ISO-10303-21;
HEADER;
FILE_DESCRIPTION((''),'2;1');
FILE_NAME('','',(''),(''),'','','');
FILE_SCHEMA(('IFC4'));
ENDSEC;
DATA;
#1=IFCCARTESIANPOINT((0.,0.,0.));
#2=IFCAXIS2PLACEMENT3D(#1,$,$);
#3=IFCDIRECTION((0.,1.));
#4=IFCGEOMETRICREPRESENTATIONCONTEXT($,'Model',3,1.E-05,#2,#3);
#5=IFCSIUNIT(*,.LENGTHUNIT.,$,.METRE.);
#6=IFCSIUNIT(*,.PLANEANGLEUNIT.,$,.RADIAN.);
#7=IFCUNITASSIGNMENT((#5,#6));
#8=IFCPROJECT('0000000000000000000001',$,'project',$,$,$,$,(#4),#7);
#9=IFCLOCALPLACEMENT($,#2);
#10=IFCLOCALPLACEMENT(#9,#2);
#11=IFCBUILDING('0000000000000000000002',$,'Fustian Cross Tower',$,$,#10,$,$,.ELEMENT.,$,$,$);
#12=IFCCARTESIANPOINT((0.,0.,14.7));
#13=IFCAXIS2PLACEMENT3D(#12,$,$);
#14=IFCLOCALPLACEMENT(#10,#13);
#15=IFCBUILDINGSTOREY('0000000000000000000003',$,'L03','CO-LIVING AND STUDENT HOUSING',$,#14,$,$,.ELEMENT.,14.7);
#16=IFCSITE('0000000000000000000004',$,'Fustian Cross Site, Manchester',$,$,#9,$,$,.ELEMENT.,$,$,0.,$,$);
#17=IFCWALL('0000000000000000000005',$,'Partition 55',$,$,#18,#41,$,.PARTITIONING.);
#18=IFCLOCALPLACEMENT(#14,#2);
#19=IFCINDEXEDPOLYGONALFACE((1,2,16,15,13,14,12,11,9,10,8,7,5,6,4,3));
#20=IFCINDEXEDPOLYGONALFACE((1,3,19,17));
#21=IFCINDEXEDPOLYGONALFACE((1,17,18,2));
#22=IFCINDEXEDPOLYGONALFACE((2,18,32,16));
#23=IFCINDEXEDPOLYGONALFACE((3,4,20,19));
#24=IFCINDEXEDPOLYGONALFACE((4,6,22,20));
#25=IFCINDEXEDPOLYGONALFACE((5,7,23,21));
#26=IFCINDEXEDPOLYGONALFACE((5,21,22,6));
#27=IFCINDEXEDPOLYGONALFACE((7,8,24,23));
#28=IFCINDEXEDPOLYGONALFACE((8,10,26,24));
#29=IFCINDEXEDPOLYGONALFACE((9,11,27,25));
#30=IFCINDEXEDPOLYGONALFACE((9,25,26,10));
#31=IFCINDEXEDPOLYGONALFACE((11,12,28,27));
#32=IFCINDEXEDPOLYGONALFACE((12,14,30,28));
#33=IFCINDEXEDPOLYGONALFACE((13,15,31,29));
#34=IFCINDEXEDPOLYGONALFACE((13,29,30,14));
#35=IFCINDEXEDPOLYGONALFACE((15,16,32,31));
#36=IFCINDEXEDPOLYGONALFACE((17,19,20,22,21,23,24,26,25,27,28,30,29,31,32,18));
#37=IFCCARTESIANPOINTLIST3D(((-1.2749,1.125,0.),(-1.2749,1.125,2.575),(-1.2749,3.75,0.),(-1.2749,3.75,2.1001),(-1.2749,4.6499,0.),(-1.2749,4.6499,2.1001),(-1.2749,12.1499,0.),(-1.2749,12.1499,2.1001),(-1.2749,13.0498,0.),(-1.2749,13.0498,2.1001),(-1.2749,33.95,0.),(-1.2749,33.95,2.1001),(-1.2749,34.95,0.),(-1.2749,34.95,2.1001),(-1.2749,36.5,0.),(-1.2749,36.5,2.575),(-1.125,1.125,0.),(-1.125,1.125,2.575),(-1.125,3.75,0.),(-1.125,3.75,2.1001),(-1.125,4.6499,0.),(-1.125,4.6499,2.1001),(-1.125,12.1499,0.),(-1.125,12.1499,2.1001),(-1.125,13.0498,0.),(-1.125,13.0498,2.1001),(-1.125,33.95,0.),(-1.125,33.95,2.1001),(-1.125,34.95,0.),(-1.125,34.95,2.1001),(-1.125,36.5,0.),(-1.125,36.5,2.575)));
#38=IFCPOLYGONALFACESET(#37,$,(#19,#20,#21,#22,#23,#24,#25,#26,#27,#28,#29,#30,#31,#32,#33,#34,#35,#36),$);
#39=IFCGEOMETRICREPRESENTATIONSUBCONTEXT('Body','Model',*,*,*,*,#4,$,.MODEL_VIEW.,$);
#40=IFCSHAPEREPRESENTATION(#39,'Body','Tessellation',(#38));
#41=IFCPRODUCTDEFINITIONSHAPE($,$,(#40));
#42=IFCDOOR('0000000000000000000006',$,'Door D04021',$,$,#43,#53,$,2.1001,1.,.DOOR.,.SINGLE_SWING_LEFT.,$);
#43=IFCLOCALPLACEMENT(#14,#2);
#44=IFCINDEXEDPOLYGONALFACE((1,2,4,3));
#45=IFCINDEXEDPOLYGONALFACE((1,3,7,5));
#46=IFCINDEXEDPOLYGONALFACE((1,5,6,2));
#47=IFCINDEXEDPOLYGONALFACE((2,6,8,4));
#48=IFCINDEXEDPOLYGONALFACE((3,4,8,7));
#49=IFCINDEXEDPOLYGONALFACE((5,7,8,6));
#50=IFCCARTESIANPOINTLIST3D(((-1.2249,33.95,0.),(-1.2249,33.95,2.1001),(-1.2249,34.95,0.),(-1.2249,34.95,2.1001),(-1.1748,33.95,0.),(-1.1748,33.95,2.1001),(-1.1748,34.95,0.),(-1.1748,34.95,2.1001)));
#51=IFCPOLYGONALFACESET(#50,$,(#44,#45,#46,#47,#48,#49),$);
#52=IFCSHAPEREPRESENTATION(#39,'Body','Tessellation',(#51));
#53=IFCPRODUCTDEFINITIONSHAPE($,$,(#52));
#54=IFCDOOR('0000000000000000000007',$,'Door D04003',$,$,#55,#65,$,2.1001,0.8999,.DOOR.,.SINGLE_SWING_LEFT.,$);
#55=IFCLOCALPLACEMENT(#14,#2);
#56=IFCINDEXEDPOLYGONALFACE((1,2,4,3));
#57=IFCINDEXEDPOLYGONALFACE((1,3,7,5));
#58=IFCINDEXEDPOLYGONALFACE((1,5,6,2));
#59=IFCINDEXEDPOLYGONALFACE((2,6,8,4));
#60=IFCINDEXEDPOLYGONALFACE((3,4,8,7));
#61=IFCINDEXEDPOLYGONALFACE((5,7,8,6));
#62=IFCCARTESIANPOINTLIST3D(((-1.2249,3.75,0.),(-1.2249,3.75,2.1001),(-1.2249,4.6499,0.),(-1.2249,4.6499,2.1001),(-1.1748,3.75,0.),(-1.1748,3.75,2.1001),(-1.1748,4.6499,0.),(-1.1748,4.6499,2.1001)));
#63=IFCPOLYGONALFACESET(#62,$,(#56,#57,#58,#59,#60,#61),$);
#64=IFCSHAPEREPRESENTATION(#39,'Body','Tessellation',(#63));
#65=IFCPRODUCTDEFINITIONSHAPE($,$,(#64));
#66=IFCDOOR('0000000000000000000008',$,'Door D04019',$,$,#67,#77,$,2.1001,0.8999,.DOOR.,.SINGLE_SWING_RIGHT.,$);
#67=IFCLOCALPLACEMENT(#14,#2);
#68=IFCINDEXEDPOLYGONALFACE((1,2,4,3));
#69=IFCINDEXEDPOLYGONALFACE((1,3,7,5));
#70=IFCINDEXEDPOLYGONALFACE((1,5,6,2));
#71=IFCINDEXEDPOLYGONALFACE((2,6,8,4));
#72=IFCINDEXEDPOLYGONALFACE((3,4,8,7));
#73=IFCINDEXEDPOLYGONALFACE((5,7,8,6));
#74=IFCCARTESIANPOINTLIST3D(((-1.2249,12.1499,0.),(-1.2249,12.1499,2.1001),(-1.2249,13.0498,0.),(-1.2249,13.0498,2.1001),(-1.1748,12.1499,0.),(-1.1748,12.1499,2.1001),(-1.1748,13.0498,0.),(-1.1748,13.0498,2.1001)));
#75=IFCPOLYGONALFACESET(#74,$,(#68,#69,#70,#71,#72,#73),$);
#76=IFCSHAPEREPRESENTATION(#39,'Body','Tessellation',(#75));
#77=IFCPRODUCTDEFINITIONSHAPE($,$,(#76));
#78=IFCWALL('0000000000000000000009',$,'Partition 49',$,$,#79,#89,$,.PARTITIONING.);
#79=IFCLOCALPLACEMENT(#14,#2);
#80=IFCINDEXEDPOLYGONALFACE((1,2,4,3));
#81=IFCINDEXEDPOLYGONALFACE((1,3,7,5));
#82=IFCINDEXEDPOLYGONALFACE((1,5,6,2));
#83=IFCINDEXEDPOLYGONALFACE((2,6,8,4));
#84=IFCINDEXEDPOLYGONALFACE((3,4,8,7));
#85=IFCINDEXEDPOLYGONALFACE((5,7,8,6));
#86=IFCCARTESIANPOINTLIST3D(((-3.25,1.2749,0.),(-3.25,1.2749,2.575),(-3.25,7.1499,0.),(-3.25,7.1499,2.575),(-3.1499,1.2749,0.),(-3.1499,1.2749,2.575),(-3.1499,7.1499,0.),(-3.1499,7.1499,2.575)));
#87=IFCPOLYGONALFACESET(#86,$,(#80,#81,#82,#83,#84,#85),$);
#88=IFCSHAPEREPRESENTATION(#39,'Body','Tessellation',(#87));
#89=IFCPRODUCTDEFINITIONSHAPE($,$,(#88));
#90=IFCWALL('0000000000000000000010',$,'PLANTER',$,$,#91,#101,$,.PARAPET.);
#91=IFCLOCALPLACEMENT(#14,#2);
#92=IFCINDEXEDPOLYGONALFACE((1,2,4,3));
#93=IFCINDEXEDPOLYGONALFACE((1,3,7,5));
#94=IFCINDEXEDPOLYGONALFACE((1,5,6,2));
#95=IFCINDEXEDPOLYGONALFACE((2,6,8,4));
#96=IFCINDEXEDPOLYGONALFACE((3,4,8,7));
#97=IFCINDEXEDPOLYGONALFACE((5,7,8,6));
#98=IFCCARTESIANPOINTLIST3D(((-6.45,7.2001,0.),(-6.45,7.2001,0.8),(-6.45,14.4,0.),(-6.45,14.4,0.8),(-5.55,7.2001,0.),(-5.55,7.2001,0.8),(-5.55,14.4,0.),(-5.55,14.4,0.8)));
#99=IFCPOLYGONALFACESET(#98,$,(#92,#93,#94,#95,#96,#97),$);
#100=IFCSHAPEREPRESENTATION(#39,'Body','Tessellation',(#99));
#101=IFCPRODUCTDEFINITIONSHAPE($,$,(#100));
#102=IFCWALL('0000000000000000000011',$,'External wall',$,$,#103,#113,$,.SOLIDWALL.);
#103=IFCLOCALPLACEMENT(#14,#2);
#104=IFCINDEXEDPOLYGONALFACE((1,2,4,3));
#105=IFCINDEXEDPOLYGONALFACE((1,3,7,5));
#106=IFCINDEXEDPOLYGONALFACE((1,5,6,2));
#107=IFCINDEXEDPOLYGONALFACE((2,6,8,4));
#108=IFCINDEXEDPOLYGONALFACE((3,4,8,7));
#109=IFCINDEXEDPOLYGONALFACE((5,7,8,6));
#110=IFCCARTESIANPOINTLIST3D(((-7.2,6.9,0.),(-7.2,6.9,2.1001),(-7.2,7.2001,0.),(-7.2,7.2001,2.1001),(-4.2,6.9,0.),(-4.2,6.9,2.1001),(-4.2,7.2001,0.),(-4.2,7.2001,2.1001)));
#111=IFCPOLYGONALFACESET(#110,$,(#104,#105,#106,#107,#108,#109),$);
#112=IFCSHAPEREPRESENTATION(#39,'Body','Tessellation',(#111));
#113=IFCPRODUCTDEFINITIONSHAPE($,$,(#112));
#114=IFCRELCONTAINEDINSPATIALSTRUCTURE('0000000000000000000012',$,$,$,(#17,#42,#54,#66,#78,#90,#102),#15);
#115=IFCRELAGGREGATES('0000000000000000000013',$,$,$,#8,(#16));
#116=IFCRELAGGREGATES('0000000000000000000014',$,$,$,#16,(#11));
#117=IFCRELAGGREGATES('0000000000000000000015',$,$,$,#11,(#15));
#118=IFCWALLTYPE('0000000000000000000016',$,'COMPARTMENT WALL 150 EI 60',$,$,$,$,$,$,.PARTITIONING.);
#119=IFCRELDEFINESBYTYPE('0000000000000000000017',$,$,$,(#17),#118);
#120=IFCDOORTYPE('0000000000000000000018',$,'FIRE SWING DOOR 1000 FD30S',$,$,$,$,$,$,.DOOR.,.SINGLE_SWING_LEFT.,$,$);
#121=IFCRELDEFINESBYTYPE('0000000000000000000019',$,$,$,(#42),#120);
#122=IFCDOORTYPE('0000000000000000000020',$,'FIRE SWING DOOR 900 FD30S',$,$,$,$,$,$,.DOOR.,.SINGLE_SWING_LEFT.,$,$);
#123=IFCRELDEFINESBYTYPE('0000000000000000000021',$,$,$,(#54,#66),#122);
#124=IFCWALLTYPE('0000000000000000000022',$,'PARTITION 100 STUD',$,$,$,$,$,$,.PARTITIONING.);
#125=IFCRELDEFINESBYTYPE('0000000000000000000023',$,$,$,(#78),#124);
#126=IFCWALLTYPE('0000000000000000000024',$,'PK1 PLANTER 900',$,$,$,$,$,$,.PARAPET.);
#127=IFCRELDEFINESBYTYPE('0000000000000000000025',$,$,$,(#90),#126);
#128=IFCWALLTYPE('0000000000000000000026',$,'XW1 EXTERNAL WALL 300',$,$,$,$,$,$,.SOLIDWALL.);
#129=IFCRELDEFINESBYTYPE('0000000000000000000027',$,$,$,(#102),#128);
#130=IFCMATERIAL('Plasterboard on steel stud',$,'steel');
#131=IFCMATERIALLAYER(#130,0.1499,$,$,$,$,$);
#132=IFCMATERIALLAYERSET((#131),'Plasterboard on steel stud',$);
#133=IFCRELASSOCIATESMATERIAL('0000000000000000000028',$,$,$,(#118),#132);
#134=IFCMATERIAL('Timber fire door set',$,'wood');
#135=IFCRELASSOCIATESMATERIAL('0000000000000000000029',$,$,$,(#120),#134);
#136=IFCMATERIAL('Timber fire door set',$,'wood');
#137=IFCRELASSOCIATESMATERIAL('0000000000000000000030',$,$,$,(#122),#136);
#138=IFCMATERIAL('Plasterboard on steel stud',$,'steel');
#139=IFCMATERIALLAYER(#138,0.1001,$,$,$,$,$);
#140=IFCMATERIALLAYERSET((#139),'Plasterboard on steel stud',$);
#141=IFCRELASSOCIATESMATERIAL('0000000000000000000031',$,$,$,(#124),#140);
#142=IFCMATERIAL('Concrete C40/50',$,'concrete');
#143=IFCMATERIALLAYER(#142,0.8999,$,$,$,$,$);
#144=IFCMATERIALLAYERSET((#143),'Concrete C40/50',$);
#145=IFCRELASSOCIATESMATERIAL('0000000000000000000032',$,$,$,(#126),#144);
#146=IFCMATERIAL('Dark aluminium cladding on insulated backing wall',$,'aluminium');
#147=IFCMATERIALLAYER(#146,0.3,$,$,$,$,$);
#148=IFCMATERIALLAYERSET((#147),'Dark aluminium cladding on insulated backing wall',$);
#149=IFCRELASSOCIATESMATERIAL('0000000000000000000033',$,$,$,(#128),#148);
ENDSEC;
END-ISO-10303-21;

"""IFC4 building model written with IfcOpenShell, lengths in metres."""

from ifc_helpers import new_model, si_unit, direction, frame, frame_2d, origin, place, context, subcontext, project, spatial, rectangle, extrude, material, layer, layer_set, type_object, element, fill, save


model = new_model("IFC4")

# Units and contexts
model_context = context("Model", 3, precision=1e-05, world=origin(), true_north=direction((0.0, 1.0)))
body_context = subcontext(model_context, "Body", "Model", "MODEL_VIEW")
ifc_project = project(units=[si_unit("LENGTHUNIT", "METRE"), si_unit("PLANEANGLEUNIT", "RADIAN")], contexts=[model_context])

# Site, building, storey
site_placement = place(None, origin())
site = spatial("IfcSite", under=ifc_project, at=site_placement, Name="Fustian Cross Site, Manchester", CompositionType="ELEMENT", RefElevation=0.0)
building_placement = place(site_placement, origin())
building = spatial("IfcBuilding", under=site, at=building_placement, Name="Fustian Cross Tower", CompositionType="ELEMENT")
storey_placement = place(building_placement, frame((0.0, 0.0, 14.7)))
storey = spatial("IfcBuildingStorey", under=building, at=storey_placement, Name="L03", Description="CO-LIVING AND STUDENT HOUSING", CompositionType="ELEMENT", Elevation=14.7)

# Wall, openings, doors
ifc_material_1 = material(Name="Plasterboard on steel stud", Category="steel")
ifc_layer_1 = layer(ifc_material_1, 0.1499)
ifc_layer_set_1 = layer_set([ifc_layer_1], Name="Plasterboard on steel stud")
wall_type_1 = type_object("IfcWallType", Name="COMPARTMENT WALL 150 EI 60", PredefinedType="PARTITIONING", material=ifc_layer_set_1)
wall_1_placement = place(storey_placement, frame((-1.2, 1.125, 0.0), z_axis=(0.0, 0.0, 1.0), x_axis=(0.0, 1.0, 0.0)))
wall_1 = element("IfcWall", 1, at=wall_1_placement, inside=storey, type_object=wall_type_1, Name="Partition 55", PredefinedType="PARTITIONING", context=body_context, shape_type="SweptSolid", body=[
    extrude(rectangle(XDim=35.375, YDim=0.1499, at=frame_2d((17.6875, 0.0))), origin(), (0.0, 0.0, 1.0), 2.575),
])
opening_1_placement = place(wall_1_placement, frame((2.625, 0.0, 0.0)))
opening_1 = element("IfcOpeningElement", 2, at=opening_1_placement, cuts=wall_1, PredefinedType="OPENING", context=body_context, shape_type="SweptSolid", body=[
    extrude(rectangle(XDim=0.8999, YDim=2.1001, at=frame_2d((0.45, 1.05))), frame((0.0, 0.085, 0.0), z_axis=(0.0, -1.0, 0.0), x_axis=(1.0, 0.0, 0.0)), (0.0, 0.0, 1.0), 0.1699),
])
opening_2_placement = place(wall_1_placement, frame((11.0249, 0.0, 0.0)))
opening_2 = element("IfcOpeningElement", 3, at=opening_2_placement, cuts=wall_1, PredefinedType="OPENING", context=body_context, shape_type="SweptSolid", body=[
    extrude(rectangle(XDim=0.8999, YDim=2.1001, at=frame_2d((0.45, 1.05))), frame((0.0, 0.085, 0.0), z_axis=(0.0, -1.0, 0.0), x_axis=(1.0, 0.0, 0.0)), (0.0, 0.0, 1.0), 0.1699),
])
opening_3_placement = place(wall_1_placement, frame((32.825, 0.0, 0.0)))
opening_3 = element("IfcOpeningElement", 4, at=opening_3_placement, cuts=wall_1, PredefinedType="OPENING", context=body_context, shape_type="SweptSolid", body=[
    extrude(rectangle(XDim=1.0, YDim=2.1001, at=frame_2d((0.5, 1.05))), frame((0.0, 0.085, 0.0), z_axis=(0.0, -1.0, 0.0), x_axis=(1.0, 0.0, 0.0)), (0.0, 0.0, 1.0), 0.1699),
])
ifc_material_2 = material(Name="Timber fire door set", Category="wood")
door_type_1 = type_object("IfcDoorType", Name="FIRE SWING DOOR 1000 FD30S", OperationType="SINGLE_SWING_LEFT", PredefinedType="DOOR", material=ifc_material_2)
door_1_placement = place(opening_3_placement, origin())
door_1 = element("IfcDoor", 5, at=door_1_placement, inside=storey, type_object=door_type_1, Name="Door D04021", OperationType="SINGLE_SWING_LEFT", OverallHeight=2.1001, OverallWidth=1.0, PredefinedType="DOOR", context=body_context, shape_type="SweptSolid", body=[
    extrude(rectangle(XDim=1.0, YDim=2.1001, at=frame_2d((0.5, 1.05))), frame((0.0, 0.0249, 0.0), z_axis=(0.0, -1.0, 0.0), x_axis=(1.0, 0.0, 0.0)), (0.0, 0.0, 1.0), 0.05),
])
fill(opening_3, door_1)
ifc_material_3 = material(Name="Timber fire door set", Category="wood")
door_type_2 = type_object("IfcDoorType", Name="FIRE SWING DOOR 900 FD30S", OperationType="SINGLE_SWING_LEFT", PredefinedType="DOOR", material=ifc_material_3)
door_2_placement = place(opening_1_placement, origin())
door_2 = element("IfcDoor", 6, at=door_2_placement, inside=storey, type_object=door_type_2, Name="Door D04003", OperationType="SINGLE_SWING_LEFT", OverallHeight=2.1001, OverallWidth=0.8999, PredefinedType="DOOR", context=body_context, shape_type="SweptSolid", body=[
    extrude(rectangle(XDim=0.8999, YDim=2.1001, at=frame_2d((0.45, 1.05))), frame((0.0, 0.0249, 0.0), z_axis=(0.0, -1.0, 0.0), x_axis=(1.0, 0.0, 0.0)), (0.0, 0.0, 1.0), 0.05),
])
fill(opening_1, door_2)
door_3_placement = place(opening_2_placement, origin())
door_3 = element("IfcDoor", 7, at=door_3_placement, inside=storey, type_object=door_type_2, Name="Door D04019", OperationType="SINGLE_SWING_RIGHT", OverallHeight=2.1001, OverallWidth=0.8999, PredefinedType="DOOR", context=body_context, shape_type="SweptSolid", body=[
    extrude(rectangle(XDim=0.8999, YDim=2.1001, at=frame_2d((0.45, 1.05))), frame((0.0, 0.0249, 0.0), z_axis=(0.0, -1.0, 0.0), x_axis=(1.0, 0.0, 0.0)), (0.0, 0.0, 1.0), 0.05),
])
fill(opening_2, door_3)

# Walls
ifc_material_4 = material(Name="Plasterboard on steel stud", Category="steel")
ifc_layer_2 = layer(ifc_material_4, 0.1001)
ifc_layer_set_2 = layer_set([ifc_layer_2], Name="Plasterboard on steel stud")
wall_type_2 = type_object("IfcWallType", Name="PARTITION 100 STUD", PredefinedType="PARTITIONING", material=ifc_layer_set_2)
wall_2_placement = place(storey_placement, frame((-3.2, 1.2749, 0.0), z_axis=(0.0, 0.0, 1.0), x_axis=(0.0, 1.0, 0.0)))
element("IfcWall", 8, at=wall_2_placement, inside=storey, type_object=wall_type_2, Name="Partition 49", PredefinedType="PARTITIONING", context=body_context, shape_type="SweptSolid", body=[
    extrude(rectangle(XDim=5.875, YDim=0.1001, at=frame_2d((2.9375, 0.0))), origin(), (0.0, 0.0, 1.0), 2.575),
])
ifc_material_5 = material(Name="Concrete C40/50", Category="concrete")
ifc_layer_3 = layer(ifc_material_5, 0.8999)
ifc_layer_set_3 = layer_set([ifc_layer_3], Name="Concrete C40/50")
wall_type_3 = type_object("IfcWallType", Name="PK1 PLANTER 900", PredefinedType="PARAPET", material=ifc_layer_set_3)
wall_3_placement = place(storey_placement, frame((-6.0, 7.2, 0.0), z_axis=(0.0, 0.0, 1.0), x_axis=(0.0, 1.0, 0.0)))
element("IfcWall", 9, at=wall_3_placement, inside=storey, type_object=wall_type_3, Name="PLANTER", PredefinedType="PARAPET", context=body_context, shape_type="SweptSolid", body=[
    extrude(rectangle(XDim=7.2, YDim=0.8999, at=frame_2d((3.6001, 0.0))), origin(), (0.0, 0.0, 1.0), 0.8),
])
ifc_material_6 = material(Name="Dark aluminium cladding on insulated backing wall", Category="aluminium")
ifc_layer_4 = layer(ifc_material_6, 0.3)
ifc_layer_set_4 = layer_set([ifc_layer_4], Name="Dark aluminium cladding on insulated backing wall")
wall_type_4 = type_object("IfcWallType", Name="XW1 EXTERNAL WALL 300", PredefinedType="SOLIDWALL", material=ifc_layer_set_4)
wall_4_placement = place(storey_placement, frame((-4.2, 7.05, 0.0), z_axis=(0.0, 0.0, 1.0), x_axis=(-1.0, 0.0, 0.0)))
element("IfcWall", 10, at=wall_4_placement, inside=storey, type_object=wall_type_4, Name="External wall", PredefinedType="SOLIDWALL", context=body_context, shape_type="SweptSolid", body=[
    extrude(rectangle(XDim=3.0, YDim=0.3, at=frame_2d((1.5, 0.0))), origin(), (0.0, 0.0, 1.0), 2.1001),
])

save(model, "model.ifc")
